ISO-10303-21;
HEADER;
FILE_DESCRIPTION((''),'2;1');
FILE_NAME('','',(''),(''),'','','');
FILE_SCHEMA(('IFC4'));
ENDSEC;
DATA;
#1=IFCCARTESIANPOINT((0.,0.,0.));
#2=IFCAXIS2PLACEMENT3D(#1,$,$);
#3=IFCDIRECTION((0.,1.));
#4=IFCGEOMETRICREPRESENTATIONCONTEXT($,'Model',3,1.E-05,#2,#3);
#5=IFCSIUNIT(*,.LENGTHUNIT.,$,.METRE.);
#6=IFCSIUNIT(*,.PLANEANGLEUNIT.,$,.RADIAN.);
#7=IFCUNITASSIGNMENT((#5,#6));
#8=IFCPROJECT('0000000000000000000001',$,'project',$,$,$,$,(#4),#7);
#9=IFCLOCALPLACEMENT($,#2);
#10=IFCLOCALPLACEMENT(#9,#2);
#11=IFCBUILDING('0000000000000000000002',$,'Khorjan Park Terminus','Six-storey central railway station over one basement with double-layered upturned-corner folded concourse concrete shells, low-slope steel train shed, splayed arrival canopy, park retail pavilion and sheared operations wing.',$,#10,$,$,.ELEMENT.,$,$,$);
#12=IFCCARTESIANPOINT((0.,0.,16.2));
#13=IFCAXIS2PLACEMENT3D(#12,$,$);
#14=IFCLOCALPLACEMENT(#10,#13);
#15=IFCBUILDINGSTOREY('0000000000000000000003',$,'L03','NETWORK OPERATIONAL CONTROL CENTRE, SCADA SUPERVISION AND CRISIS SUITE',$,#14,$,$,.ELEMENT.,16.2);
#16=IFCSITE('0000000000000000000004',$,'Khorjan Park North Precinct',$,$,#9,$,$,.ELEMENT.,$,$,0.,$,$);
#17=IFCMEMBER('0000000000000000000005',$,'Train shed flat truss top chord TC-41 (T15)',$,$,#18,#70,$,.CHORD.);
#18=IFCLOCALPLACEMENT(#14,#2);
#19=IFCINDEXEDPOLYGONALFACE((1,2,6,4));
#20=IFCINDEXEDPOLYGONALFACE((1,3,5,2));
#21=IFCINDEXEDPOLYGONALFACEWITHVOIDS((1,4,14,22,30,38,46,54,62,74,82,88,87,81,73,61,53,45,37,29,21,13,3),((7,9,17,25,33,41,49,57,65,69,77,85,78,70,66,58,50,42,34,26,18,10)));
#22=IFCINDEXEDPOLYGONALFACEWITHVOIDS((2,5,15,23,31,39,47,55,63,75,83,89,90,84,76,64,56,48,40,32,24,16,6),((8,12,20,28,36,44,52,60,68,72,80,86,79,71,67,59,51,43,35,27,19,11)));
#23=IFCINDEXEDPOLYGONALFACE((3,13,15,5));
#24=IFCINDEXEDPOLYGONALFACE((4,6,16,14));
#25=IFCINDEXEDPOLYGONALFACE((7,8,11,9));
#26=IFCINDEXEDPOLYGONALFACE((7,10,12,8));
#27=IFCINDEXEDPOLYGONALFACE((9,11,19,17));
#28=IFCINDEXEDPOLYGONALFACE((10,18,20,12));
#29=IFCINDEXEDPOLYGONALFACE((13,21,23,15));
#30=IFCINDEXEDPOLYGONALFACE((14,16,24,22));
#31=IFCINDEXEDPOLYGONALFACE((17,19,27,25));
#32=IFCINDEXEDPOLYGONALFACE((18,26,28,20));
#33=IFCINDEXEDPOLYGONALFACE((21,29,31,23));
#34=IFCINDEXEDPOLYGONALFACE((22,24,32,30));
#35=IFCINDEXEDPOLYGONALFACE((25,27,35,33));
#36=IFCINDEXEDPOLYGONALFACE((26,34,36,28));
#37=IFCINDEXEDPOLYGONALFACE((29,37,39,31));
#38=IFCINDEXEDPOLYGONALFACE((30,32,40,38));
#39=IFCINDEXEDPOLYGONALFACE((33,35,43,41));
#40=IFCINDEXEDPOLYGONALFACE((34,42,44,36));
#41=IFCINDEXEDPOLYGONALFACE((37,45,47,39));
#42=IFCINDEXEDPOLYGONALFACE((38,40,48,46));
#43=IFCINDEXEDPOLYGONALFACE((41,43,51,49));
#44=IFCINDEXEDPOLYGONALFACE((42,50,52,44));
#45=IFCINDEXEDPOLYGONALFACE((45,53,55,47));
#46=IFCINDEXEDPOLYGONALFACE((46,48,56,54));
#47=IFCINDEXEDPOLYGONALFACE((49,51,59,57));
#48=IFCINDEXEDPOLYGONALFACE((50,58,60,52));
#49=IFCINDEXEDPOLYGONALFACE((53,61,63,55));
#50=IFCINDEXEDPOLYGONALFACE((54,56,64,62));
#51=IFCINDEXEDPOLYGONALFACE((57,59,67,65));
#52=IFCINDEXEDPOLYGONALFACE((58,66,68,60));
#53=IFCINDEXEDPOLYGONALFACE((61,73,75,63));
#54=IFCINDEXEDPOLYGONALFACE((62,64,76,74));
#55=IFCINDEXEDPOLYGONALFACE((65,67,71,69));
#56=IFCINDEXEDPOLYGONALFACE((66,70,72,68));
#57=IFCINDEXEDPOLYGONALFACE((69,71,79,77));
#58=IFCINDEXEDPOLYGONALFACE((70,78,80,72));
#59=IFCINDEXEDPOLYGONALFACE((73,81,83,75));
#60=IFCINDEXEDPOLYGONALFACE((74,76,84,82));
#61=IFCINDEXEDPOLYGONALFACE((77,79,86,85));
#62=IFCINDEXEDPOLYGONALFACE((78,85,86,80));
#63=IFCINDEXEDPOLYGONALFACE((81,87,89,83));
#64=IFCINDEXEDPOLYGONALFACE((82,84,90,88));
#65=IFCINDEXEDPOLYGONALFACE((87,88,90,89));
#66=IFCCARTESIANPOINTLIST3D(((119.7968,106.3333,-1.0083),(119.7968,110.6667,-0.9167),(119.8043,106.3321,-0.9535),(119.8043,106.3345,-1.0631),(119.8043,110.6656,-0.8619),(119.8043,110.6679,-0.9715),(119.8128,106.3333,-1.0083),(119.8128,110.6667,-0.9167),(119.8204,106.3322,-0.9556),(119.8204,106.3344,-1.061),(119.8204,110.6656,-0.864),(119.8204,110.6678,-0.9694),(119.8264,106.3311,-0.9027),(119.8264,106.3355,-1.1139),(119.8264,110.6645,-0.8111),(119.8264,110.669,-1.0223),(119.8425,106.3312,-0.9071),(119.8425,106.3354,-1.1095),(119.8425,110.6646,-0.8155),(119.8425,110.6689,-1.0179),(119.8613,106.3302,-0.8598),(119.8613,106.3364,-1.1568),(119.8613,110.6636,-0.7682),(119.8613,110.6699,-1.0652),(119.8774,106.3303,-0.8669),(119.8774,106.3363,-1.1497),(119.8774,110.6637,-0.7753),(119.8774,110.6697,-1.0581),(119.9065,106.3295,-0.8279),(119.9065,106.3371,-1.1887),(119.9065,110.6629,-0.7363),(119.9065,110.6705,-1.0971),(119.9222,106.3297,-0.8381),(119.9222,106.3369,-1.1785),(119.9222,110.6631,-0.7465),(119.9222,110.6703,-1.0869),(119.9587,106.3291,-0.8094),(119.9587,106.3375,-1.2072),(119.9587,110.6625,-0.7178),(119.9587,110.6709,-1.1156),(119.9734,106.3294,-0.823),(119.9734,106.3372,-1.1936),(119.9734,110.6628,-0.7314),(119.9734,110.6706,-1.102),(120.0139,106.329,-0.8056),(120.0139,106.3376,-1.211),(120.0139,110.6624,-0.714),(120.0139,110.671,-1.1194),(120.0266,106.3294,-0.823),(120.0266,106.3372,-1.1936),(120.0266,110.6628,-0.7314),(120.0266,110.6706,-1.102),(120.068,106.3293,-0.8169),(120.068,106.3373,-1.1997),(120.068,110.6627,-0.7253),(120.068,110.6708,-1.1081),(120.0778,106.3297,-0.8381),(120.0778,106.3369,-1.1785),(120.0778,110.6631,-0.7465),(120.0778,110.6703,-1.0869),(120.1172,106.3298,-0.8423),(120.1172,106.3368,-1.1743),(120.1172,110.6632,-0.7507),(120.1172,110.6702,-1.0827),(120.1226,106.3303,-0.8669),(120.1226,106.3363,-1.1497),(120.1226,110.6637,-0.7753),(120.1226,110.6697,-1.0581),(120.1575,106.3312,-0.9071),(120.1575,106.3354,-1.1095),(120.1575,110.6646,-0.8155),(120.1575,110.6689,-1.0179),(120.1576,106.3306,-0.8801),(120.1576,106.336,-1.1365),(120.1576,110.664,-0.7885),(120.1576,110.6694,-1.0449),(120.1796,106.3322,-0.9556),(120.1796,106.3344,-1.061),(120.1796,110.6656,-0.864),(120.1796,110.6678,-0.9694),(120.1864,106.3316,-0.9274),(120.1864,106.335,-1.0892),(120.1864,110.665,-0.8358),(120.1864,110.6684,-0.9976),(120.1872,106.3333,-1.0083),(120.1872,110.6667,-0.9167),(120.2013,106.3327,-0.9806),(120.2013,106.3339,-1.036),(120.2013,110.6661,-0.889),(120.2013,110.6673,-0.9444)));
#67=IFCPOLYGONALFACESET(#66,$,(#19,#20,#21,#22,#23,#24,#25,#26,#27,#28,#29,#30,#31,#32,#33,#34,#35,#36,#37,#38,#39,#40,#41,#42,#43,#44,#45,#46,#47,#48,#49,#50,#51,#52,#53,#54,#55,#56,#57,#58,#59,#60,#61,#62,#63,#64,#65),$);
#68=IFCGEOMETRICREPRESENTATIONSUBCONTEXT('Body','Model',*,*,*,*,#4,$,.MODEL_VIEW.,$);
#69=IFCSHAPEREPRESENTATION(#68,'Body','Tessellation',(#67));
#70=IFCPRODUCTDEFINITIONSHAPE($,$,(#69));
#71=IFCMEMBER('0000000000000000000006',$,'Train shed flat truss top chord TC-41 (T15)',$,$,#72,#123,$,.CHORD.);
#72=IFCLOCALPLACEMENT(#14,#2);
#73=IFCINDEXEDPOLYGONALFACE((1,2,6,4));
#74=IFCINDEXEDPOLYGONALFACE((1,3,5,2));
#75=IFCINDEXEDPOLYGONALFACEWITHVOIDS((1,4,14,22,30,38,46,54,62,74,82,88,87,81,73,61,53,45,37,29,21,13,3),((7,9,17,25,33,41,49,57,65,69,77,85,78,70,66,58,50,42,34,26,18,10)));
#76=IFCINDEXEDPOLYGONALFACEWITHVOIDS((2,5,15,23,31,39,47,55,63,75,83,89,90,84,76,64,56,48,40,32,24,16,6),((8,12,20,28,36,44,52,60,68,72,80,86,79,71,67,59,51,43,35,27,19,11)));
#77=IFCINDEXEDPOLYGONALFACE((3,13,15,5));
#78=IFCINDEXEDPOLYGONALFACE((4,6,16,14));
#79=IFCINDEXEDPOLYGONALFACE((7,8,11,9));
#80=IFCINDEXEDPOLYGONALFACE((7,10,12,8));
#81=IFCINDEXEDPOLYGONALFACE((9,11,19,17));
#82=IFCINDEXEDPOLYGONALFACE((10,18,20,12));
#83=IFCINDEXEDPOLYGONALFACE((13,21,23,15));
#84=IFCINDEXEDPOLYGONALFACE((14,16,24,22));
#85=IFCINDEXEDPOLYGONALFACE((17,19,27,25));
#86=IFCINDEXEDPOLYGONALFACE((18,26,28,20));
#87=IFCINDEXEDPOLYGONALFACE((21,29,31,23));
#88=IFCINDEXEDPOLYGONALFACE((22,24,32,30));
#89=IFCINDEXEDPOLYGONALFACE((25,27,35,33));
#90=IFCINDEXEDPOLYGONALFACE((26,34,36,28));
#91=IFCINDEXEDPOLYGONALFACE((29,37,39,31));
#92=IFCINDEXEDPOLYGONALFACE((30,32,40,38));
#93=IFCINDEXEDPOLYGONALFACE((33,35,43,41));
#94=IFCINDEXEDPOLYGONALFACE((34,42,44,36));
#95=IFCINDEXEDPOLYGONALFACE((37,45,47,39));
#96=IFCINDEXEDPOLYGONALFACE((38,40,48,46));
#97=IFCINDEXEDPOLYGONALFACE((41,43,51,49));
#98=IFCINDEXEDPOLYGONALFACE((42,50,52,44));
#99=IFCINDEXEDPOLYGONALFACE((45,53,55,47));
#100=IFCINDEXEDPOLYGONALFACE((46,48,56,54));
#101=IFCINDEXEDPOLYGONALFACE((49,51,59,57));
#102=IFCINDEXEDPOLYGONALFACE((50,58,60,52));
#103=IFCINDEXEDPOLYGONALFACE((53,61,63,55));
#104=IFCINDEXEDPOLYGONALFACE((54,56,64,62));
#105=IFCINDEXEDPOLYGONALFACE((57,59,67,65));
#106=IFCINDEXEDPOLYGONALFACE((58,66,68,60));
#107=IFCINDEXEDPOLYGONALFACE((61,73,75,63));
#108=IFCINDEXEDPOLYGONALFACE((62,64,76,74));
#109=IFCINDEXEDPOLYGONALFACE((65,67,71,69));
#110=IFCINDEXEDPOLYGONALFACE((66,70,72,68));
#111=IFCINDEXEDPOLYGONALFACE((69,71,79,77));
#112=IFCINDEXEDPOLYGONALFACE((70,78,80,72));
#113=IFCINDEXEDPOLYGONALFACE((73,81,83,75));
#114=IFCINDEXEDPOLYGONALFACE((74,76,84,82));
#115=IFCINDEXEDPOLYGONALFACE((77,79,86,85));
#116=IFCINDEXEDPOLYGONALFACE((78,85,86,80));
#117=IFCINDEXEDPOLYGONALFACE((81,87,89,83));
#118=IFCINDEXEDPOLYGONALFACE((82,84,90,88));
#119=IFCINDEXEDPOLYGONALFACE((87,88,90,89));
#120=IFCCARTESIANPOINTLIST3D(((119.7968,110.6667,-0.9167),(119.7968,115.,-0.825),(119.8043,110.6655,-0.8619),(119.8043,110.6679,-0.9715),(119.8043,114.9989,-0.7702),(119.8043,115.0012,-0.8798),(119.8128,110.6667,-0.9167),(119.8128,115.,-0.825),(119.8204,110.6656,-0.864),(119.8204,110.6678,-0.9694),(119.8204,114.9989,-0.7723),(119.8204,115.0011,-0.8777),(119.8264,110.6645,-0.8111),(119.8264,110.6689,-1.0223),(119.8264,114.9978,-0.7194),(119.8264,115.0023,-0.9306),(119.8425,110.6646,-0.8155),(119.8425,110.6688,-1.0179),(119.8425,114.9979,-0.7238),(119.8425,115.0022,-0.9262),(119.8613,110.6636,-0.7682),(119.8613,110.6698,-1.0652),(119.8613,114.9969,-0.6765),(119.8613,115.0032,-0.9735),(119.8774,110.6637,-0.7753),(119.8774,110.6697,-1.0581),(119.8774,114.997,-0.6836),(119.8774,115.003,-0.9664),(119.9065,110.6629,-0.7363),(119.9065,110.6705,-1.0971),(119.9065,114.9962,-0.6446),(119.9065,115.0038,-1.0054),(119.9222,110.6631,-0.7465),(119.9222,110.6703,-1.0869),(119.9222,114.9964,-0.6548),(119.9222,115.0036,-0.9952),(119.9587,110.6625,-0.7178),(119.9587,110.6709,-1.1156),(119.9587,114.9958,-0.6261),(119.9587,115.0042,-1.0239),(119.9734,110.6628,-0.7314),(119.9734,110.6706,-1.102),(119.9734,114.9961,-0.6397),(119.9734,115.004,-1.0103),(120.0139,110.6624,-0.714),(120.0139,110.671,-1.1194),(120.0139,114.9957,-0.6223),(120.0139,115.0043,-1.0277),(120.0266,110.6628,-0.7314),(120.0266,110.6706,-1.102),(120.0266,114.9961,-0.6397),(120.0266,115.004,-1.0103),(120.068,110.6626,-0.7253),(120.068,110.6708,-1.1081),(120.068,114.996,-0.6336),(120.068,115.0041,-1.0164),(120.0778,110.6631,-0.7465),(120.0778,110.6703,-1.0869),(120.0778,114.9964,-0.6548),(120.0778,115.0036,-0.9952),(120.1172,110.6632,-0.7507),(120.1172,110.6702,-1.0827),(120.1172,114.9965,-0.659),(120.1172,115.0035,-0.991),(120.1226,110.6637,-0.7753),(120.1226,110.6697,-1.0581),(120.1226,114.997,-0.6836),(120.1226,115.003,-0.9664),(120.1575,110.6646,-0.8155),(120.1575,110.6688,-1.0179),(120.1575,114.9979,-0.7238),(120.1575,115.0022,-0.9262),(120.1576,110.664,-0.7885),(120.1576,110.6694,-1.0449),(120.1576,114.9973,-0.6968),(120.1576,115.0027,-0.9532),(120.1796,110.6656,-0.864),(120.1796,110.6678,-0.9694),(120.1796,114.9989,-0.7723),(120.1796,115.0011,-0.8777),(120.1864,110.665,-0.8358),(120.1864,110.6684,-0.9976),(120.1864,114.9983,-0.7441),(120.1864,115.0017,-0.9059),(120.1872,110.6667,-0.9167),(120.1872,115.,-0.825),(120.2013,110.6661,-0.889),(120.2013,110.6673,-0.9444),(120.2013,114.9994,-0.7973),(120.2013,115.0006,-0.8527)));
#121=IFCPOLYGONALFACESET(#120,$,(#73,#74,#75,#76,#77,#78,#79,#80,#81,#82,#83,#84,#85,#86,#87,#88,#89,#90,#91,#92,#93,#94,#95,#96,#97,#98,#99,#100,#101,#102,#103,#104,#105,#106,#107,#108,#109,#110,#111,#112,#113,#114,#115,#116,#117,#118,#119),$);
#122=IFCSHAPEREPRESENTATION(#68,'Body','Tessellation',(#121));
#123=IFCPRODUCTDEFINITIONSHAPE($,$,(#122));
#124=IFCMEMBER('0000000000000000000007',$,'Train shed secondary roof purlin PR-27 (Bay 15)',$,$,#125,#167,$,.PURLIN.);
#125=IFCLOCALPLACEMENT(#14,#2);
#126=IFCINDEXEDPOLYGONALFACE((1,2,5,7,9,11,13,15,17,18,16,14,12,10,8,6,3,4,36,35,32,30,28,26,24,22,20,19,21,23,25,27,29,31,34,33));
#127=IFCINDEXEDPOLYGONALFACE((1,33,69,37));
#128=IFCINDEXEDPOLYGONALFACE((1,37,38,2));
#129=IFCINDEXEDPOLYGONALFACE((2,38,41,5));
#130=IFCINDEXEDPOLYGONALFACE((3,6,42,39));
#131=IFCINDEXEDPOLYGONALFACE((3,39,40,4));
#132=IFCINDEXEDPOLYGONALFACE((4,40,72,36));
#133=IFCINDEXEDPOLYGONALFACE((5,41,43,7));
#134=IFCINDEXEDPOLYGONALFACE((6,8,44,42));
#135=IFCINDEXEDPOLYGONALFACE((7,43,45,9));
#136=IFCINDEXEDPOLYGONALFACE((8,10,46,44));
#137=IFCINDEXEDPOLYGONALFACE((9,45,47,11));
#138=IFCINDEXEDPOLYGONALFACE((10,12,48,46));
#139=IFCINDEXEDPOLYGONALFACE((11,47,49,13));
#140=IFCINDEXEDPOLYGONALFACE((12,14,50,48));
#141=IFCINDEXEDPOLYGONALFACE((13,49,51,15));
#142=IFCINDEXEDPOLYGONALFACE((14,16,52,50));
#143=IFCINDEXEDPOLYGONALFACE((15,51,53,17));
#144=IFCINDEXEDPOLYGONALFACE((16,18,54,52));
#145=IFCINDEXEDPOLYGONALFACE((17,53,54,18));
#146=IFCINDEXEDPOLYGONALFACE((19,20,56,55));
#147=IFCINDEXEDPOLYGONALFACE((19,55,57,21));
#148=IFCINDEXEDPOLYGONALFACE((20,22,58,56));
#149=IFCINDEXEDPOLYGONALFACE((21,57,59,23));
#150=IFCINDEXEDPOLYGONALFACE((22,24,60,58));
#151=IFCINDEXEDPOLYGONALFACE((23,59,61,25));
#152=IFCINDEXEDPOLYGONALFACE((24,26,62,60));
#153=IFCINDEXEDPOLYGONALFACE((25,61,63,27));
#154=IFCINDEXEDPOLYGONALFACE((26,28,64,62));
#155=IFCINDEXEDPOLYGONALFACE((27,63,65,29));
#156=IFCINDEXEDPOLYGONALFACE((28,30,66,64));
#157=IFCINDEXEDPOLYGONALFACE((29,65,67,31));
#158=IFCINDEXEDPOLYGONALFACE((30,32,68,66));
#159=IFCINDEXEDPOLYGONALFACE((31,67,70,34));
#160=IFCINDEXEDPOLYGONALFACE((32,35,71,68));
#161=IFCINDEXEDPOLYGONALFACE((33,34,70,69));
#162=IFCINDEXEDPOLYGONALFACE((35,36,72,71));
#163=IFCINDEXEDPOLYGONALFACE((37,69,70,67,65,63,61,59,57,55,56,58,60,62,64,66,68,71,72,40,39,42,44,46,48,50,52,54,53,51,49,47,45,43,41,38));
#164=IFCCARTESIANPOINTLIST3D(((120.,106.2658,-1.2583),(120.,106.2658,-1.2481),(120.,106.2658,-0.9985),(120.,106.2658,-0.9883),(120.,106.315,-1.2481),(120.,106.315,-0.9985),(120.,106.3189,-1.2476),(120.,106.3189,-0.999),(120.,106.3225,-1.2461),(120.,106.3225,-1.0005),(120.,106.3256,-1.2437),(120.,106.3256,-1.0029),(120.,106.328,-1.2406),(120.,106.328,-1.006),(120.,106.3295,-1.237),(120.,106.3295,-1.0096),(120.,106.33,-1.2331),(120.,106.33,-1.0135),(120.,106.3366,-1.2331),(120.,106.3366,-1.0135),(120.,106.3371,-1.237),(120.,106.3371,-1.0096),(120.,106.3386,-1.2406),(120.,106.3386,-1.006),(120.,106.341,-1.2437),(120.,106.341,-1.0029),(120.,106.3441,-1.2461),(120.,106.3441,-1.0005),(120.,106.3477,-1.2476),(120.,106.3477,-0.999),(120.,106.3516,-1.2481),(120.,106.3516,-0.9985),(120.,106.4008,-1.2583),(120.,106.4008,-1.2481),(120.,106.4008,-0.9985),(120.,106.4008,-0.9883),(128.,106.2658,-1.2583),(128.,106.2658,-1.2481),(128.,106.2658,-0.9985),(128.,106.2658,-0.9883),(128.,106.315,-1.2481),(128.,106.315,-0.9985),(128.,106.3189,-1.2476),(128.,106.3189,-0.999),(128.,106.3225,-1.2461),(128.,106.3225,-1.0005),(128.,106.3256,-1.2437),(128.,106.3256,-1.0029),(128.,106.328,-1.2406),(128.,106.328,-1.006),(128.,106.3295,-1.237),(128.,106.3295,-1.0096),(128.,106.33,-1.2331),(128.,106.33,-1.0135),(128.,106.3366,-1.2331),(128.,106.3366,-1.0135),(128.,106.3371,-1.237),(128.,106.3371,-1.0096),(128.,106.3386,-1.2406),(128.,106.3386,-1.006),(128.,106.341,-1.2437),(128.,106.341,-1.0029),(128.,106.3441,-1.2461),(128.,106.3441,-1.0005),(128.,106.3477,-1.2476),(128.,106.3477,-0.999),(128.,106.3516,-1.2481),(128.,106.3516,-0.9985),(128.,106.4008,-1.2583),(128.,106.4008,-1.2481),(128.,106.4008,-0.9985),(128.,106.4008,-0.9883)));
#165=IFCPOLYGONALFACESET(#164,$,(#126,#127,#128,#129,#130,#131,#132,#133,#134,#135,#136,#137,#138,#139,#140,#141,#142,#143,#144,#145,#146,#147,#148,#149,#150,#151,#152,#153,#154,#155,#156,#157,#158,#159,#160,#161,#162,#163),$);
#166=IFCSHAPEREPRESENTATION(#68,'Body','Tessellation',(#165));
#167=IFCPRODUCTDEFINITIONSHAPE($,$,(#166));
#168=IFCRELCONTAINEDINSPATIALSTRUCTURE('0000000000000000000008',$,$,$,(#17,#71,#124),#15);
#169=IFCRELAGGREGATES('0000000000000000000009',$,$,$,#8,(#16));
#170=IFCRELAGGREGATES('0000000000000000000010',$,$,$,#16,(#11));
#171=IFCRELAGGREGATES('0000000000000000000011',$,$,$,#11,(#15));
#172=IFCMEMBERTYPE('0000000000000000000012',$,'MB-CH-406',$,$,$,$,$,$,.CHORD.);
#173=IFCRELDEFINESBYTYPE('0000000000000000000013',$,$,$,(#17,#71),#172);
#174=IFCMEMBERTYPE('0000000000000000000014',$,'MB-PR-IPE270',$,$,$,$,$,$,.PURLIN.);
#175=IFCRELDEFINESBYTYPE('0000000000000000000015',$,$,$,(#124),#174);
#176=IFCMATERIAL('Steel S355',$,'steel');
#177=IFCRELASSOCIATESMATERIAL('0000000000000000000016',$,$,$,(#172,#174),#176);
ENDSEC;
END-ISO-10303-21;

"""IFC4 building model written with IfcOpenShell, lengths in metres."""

from ifc_helpers import new_model, si_unit, direction, frame, origin, origin_2d, place, context, subcontext, project, spatial, hollow_circle, i_section, extrude, material, material_profile, profile_set, type_object, element, save


model = new_model("IFC4")

# Units and contexts
model_context = context("Model", 3, precision=1e-05, world=origin(), true_north=direction((0.0, 1.0)))
body_context = subcontext(model_context, "Body", "Model", "MODEL_VIEW")
ifc_project = project(units=[si_unit("LENGTHUNIT", "METRE"), si_unit("PLANEANGLEUNIT", "RADIAN")], contexts=[model_context])

# Site, building, storey
site_placement = place(None, origin())
site = spatial("IfcSite", under=ifc_project, at=site_placement, Name="Khorjan Park North Precinct", CompositionType="ELEMENT", RefElevation=0.0)
building_placement = place(site_placement, origin())
building = spatial("IfcBuilding", under=site, at=building_placement, Name="Khorjan Park Terminus", Description="Six-storey central railway station over one basement with double-layered upturned-corner folded concourse concrete shells, low-slope steel train shed, splayed arrival canopy, park retail pavilion and sheared operations wing.", CompositionType="ELEMENT")
storey_placement = place(building_placement, frame((0.0, 0.0, 16.2)))
storey = spatial("IfcBuildingStorey", under=building, at=storey_placement, Name="L03", Description="NETWORK OPERATIONAL CONTROL CENTRE, SCADA SUPERVISION AND CRISIS SUITE", CompositionType="ELEMENT", Elevation=16.2)

# Members
ifc_material_1 = material(Name="Steel S355", Category="steel")
ifc_material_profile_1 = material_profile(ifc_material_1, hollow_circle(Radius=0.2032, WallThickness=0.016, at=origin_2d()), Name="CHS 406.4x16")
ifc_profile_set_1 = profile_set([ifc_material_profile_1], Name="Steel S355")
member_type_1 = type_object("IfcMemberType", Name="MB-CH-406", PredefinedType="CHORD", material=ifc_profile_set_1)
member_1_placement = place(storey_placement, frame((120.0, 106.3333, -1.0083), z_axis=(0.0, 0.999777, 0.021133), x_axis=(-1.0, 0.0, 0.0)))
element("IfcMember", 1, at=member_1_placement, inside=storey, type_object=member_type_1, Name="Train shed flat truss top chord TC-41 (T15)", PredefinedType="CHORD", context=body_context, shape_type="SweptSolid", body=[
    extrude(hollow_circle(Radius=0.2032, WallThickness=0.016, at=origin_2d()), origin(), (0.0, 0.0, 1.0), 4.3344),
])
member_2_placement = place(storey_placement, frame((120.0, 110.6667, -0.9167), z_axis=(0.0, 0.999776, 0.021157), x_axis=(-1.0, 0.0, 0.0)))
element("IfcMember", 2, at=member_2_placement, inside=storey, type_object=member_type_1, Name="Train shed flat truss top chord TC-41 (T15)", PredefinedType="CHORD", context=body_context, shape_type="SweptSolid", body=[
    extrude(hollow_circle(Radius=0.2032, WallThickness=0.016, at=origin_2d()), origin(), (0.0, 0.0, 1.0), 4.3343),
])
ifc_material_profile_2 = material_profile(ifc_material_1, i_section(OverallWidth=0.135, OverallDepth=0.27, WebThickness=0.0066, FlangeThickness=0.0102, FilletRadius=0.015, at=origin_2d()), Name="IPE 270")
ifc_profile_set_2 = profile_set([ifc_material_profile_2], Name="Steel S355")
member_type_2 = type_object("IfcMemberType", Name="MB-PR-IPE270", PredefinedType="PURLIN", material=ifc_profile_set_2)
for number, where, z_axis, x_axis, name in (
    (3, (120.0, 106.3333, -1.1233), (1.0, 0.0, 0.0), (0.0, 1.0, 0.0), "Train shed secondary roof purlin PR-27 (Bay 15)"),
):
    element("IfcMember", number, at=place(storey_placement, frame(where, z_axis=z_axis, x_axis=x_axis)), inside=storey, type_object=member_type_2, Name=name, PredefinedType="PURLIN", context=body_context, shape_type="SweptSolid", body=[
        extrude(i_section(OverallWidth=0.135, OverallDepth=0.27, WebThickness=0.0066, FlangeThickness=0.0102, FilletRadius=0.015, at=origin_2d()), origin(), (0.0, 0.0, 1.0), 8.0),
    ])

save(model, "model.ifc")
